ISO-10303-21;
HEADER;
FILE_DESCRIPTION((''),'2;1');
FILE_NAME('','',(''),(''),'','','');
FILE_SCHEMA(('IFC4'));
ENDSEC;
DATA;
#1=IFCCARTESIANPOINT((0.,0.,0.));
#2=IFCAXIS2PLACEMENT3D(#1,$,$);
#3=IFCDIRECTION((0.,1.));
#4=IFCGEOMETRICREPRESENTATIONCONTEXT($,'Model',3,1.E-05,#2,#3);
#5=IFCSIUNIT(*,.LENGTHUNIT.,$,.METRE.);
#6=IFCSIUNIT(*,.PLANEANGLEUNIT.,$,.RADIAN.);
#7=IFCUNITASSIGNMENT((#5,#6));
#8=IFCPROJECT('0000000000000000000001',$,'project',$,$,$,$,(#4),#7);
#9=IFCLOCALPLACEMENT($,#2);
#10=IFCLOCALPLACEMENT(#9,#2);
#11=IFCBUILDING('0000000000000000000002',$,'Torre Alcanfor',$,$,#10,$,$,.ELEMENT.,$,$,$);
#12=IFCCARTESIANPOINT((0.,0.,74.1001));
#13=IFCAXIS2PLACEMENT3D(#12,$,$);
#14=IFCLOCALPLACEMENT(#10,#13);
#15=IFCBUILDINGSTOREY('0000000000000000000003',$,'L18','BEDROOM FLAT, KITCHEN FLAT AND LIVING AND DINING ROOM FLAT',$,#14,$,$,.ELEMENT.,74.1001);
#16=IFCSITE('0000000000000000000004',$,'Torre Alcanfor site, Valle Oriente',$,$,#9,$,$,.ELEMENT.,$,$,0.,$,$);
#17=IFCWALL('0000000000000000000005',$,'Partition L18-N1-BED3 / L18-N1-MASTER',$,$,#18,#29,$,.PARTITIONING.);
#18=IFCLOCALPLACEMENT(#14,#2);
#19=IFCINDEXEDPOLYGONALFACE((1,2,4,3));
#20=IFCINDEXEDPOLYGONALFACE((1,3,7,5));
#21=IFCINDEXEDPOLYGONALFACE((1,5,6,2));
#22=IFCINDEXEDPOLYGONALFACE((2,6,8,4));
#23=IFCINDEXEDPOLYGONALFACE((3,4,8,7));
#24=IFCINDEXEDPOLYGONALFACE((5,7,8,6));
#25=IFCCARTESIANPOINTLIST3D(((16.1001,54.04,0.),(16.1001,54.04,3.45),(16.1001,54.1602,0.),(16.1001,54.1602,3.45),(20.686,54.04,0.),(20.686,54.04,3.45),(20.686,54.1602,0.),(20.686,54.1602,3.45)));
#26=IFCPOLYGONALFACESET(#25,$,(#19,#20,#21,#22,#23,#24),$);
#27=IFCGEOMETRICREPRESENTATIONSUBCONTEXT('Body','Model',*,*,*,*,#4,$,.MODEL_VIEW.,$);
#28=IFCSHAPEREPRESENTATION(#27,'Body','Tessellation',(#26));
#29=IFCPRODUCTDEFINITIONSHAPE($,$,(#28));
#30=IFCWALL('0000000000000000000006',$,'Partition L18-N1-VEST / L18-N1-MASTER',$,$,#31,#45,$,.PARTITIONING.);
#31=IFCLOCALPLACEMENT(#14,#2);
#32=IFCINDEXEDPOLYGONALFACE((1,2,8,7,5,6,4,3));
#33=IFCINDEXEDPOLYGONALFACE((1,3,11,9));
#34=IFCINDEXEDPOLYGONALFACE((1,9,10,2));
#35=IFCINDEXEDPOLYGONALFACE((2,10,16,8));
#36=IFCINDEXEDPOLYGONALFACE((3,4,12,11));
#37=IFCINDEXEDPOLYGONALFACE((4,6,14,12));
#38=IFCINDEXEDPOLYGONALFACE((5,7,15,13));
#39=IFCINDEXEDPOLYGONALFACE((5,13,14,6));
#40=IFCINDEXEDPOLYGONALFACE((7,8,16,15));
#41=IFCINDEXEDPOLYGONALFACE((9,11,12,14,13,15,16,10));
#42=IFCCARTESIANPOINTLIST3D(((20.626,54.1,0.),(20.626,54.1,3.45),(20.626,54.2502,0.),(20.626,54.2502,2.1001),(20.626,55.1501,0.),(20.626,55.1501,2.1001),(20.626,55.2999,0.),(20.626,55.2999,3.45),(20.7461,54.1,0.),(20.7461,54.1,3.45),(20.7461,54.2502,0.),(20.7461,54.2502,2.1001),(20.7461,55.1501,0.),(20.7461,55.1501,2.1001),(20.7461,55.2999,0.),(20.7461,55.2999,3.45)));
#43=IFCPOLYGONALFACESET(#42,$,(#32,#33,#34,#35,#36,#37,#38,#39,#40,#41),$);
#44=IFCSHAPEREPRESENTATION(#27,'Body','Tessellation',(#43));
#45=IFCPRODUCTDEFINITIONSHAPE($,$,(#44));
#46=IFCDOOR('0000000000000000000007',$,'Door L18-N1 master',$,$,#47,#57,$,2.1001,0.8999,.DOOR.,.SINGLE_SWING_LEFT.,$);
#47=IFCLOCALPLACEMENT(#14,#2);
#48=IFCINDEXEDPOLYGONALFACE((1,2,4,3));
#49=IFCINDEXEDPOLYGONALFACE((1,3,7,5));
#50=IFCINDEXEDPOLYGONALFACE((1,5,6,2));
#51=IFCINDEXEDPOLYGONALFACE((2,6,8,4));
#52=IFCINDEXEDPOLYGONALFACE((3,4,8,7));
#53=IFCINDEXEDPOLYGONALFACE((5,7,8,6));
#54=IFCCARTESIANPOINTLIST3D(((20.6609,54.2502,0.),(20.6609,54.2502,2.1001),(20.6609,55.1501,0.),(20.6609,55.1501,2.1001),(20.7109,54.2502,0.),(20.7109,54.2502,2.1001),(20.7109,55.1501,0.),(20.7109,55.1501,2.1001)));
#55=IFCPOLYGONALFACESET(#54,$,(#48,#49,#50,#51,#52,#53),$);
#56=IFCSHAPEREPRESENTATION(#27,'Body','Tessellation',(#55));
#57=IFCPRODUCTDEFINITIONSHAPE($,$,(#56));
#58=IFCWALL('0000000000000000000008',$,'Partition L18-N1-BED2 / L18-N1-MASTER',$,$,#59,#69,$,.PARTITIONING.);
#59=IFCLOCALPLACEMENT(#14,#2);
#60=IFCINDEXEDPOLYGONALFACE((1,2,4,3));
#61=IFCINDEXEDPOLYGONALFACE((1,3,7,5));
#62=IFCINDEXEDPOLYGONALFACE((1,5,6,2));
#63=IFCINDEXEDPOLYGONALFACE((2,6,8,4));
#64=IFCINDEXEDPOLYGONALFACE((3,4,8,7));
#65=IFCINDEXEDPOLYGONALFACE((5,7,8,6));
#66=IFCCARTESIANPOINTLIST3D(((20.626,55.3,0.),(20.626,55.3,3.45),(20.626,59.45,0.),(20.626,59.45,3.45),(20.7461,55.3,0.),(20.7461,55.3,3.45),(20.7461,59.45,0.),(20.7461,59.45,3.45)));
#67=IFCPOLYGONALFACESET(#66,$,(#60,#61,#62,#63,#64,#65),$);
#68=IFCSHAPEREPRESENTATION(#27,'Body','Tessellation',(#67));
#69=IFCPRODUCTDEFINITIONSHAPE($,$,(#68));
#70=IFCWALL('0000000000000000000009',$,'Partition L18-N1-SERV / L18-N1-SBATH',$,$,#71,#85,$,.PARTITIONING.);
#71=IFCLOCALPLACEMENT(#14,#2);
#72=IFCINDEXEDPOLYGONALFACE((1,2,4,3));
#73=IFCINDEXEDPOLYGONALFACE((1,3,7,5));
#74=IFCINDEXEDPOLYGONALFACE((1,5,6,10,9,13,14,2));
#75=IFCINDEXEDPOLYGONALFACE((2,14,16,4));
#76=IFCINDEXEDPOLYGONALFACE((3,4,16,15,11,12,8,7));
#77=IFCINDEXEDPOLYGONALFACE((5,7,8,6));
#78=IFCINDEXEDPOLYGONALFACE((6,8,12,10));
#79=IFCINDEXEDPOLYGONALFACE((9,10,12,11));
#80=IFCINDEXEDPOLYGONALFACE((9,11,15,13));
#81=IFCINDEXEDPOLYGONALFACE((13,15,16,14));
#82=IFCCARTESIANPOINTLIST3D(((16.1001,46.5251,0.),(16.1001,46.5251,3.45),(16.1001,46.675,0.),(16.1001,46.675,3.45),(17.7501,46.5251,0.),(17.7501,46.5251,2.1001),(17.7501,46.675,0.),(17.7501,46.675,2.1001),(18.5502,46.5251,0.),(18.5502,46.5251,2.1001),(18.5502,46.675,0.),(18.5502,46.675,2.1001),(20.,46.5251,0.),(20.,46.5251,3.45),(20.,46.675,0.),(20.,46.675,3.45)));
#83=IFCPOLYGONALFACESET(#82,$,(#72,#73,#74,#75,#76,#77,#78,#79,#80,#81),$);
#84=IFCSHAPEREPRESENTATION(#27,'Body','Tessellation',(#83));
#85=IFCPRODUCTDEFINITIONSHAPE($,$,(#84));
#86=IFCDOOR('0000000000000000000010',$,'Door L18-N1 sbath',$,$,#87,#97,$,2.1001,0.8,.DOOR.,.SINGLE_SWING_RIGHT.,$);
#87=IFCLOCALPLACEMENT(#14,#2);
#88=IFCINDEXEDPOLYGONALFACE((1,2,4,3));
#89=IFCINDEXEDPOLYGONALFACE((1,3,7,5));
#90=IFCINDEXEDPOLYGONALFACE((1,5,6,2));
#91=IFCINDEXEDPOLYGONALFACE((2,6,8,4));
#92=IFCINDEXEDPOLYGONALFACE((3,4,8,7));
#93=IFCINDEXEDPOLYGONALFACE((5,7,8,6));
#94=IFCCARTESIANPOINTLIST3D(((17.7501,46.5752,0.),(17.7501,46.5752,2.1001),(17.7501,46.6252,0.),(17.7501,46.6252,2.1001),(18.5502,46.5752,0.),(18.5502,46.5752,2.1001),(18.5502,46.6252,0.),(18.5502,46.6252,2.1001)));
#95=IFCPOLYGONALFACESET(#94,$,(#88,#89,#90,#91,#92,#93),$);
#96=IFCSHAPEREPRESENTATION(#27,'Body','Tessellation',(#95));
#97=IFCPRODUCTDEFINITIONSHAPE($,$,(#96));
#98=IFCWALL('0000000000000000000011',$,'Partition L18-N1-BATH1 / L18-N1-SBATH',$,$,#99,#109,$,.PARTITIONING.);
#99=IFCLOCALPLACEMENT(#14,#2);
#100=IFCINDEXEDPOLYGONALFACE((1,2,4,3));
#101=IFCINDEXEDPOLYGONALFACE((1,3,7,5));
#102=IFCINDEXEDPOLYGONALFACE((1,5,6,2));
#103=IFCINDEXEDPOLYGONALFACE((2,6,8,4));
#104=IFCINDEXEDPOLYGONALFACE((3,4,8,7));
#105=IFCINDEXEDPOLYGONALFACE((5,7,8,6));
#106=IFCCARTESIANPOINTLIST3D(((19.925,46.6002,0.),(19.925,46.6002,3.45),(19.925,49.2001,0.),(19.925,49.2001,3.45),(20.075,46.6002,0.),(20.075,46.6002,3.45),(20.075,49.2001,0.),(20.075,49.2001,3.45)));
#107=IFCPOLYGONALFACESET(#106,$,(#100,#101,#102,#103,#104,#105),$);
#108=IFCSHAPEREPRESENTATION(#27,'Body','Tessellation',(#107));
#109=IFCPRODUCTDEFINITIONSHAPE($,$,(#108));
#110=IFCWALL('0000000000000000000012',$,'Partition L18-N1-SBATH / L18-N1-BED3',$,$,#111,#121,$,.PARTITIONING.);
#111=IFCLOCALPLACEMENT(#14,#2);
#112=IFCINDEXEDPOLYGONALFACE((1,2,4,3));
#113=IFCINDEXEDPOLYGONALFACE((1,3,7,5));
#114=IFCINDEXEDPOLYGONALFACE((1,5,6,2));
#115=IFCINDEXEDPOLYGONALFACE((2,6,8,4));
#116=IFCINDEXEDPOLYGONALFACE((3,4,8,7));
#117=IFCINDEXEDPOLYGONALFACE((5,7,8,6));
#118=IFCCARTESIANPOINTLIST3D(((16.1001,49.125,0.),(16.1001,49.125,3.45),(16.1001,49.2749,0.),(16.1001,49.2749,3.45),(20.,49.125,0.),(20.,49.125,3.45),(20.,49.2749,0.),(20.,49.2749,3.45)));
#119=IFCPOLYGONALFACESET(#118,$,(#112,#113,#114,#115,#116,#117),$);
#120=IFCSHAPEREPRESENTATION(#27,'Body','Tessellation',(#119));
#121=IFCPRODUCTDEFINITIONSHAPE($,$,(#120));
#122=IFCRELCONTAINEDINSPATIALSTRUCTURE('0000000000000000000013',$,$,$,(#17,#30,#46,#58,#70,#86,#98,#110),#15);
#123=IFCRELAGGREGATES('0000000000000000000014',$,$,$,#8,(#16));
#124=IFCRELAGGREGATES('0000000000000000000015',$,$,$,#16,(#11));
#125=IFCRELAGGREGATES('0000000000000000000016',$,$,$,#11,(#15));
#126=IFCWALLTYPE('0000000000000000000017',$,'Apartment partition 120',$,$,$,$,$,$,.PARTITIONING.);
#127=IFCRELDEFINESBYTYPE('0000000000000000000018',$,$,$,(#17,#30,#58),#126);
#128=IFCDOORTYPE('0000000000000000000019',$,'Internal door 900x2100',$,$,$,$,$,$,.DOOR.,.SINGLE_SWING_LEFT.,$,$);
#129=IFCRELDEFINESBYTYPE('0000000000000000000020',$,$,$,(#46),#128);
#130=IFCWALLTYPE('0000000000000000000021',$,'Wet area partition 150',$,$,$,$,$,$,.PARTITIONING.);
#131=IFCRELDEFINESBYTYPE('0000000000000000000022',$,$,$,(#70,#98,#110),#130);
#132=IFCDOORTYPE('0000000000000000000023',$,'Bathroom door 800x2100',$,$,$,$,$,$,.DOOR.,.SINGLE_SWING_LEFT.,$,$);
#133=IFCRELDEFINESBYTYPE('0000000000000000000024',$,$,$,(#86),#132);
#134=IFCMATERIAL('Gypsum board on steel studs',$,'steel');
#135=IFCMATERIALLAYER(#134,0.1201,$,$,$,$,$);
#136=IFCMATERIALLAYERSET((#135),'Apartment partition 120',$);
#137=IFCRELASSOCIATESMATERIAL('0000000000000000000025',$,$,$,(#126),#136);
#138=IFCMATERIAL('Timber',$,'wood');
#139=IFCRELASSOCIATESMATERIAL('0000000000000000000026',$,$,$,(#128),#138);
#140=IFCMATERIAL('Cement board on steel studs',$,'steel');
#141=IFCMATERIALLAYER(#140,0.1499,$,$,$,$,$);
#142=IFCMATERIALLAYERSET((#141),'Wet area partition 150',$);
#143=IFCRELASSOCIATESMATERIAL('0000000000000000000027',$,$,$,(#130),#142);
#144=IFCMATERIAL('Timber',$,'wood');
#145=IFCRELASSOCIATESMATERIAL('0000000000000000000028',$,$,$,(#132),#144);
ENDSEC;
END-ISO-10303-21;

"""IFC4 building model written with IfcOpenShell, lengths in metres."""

from ifc_helpers import new_model, si_unit, direction, frame, frame_2d, origin, place, context, subcontext, project, spatial, rectangle, extrude, material, layer, layer_set, type_object, element, fill, save


model = new_model("IFC4")

# Units and contexts
model_context = context("Model", 3, precision=1e-05, world=origin(), true_north=direction((0.0, 1.0)))
body_context = subcontext(model_context, "Body", "Model", "MODEL_VIEW")
ifc_project = project(units=[si_unit("LENGTHUNIT", "METRE"), si_unit("PLANEANGLEUNIT", "RADIAN")], contexts=[model_context])

# Site, building, storey
site_placement = place(None, origin())
site = spatial("IfcSite", under=ifc_project, at=site_placement, Name="Torre Alcanfor site, Valle Oriente", CompositionType="ELEMENT", RefElevation=0.0)
building_placement = place(site_placement, origin())
building = spatial("IfcBuilding", under=site, at=building_placement, Name="Torre Alcanfor", CompositionType="ELEMENT")
storey_placement = place(building_placement, frame((0.0, 0.0, 74.1001)))
storey = spatial("IfcBuildingStorey", under=building, at=storey_placement, Name="L18", Description="BEDROOM FLAT, KITCHEN FLAT AND LIVING AND DINING ROOM FLAT", CompositionType="ELEMENT", Elevation=74.1001)

# Wall
ifc_material_1 = material(Name="Gypsum board on steel studs", Category="steel")
ifc_layer_1 = layer(ifc_material_1, 0.1201)
ifc_layer_set_1 = layer_set([ifc_layer_1], Name="Apartment partition 120")
wall_type_1 = type_object("IfcWallType", Name="Apartment partition 120", PredefinedType="PARTITIONING", material=ifc_layer_set_1)
wall_1_placement = place(storey_placement, frame((20.686, 54.1001, 0.0), z_axis=(0.0, 0.0, 1.0), x_axis=(-1.0, 0.0, 0.0)))
element("IfcWall", 1, at=wall_1_placement, inside=storey, type_object=wall_type_1, Name="Partition L18-N1-BED3 / L18-N1-MASTER", PredefinedType="PARTITIONING", context=body_context, shape_type="SweptSolid", body=[
    extrude(rectangle(XDim=4.5859, YDim=0.1201, at=frame_2d((2.293, 0.0))), origin(), (0.0, 0.0, 1.0), 3.45),
])

# Wall, opening, door
wall_2_placement = place(storey_placement, frame((20.686, 55.3, 0.0), z_axis=(0.0, 0.0, 1.0), x_axis=(0.0, -1.0, 0.0)))
wall_2 = element("IfcWall", 2, at=wall_2_placement, inside=storey, type_object=wall_type_1, Name="Partition L18-N1-VEST / L18-N1-MASTER", PredefinedType="PARTITIONING", context=body_context, shape_type="SweptSolid", body=[
    extrude(rectangle(XDim=1.2, YDim=0.1201, at=frame_2d((0.6001, 0.0))), origin(), (0.0, 0.0, 1.0), 3.45),
])
opening_1_placement = place(wall_2_placement, frame((0.1499, 0.0, 0.0)))
opening_1 = element("IfcOpeningElement", 3, at=opening_1_placement, cuts=wall_2, PredefinedType="OPENING", context=body_context, shape_type="SweptSolid", body=[
    extrude(rectangle(XDim=0.8999, YDim=2.1001, at=frame_2d((0.45, 1.05))), frame((0.0, 0.0701, 0.0), z_axis=(0.0, -1.0, 0.0), x_axis=(1.0, 0.0, 0.0)), (0.0, 0.0, 1.0), 0.1401),
])
ifc_material_2 = material(Name="Timber", Category="wood")
door_type_1 = type_object("IfcDoorType", Name="Internal door 900x2100", OperationType="SINGLE_SWING_LEFT", PredefinedType="DOOR", material=ifc_material_2)
door_1_placement = place(opening_1_placement, origin())
door_1 = element("IfcDoor", 4, at=door_1_placement, inside=storey, type_object=door_type_1, Name="Door L18-N1 master", OperationType="SINGLE_SWING_LEFT", OverallHeight=2.1001, OverallWidth=0.8999, PredefinedType="DOOR", context=body_context, shape_type="SweptSolid", body=[
    extrude(rectangle(XDim=0.8999, YDim=2.1001, at=frame_2d((0.45, 1.05))), frame((0.0, 0.0249, 0.0), z_axis=(0.0, -1.0, 0.0), x_axis=(1.0, 0.0, 0.0)), (0.0, 0.0, 1.0), 0.05),
])
fill(opening_1, door_1)

# Wall
wall_3_placement = place(storey_placement, frame((20.686, 59.45, 0.0), z_axis=(0.0, 0.0, 1.0), x_axis=(0.0, -1.0, 0.0)))
element("IfcWall", 5, at=wall_3_placement, inside=storey, type_object=wall_type_1, Name="Partition L18-N1-BED2 / L18-N1-MASTER", PredefinedType="PARTITIONING", context=body_context, shape_type="SweptSolid", body=[
    extrude(rectangle(XDim=4.1499, YDim=0.1201, at=frame_2d((2.075, 0.0))), origin(), (0.0, 0.0, 1.0), 3.45),
])

# Wall, opening, door
ifc_material_3 = material(Name="Cement board on steel studs", Category="steel")
ifc_layer_2 = layer(ifc_material_3, 0.1499)
ifc_layer_set_2 = layer_set([ifc_layer_2], Name="Wet area partition 150")
wall_type_2 = type_object("IfcWallType", Name="Wet area partition 150", PredefinedType="PARTITIONING", material=ifc_layer_set_2)
wall_4_placement = place(storey_placement, frame((20.0, 46.6001, 0.0), z_axis=(0.0, 0.0, 1.0), x_axis=(-1.0, 0.0, 0.0)))
wall_4 = element("IfcWall", 6, at=wall_4_placement, inside=storey, type_object=wall_type_2, Name="Partition L18-N1-SERV / L18-N1-SBATH", PredefinedType="PARTITIONING", context=body_context, shape_type="SweptSolid", body=[
    extrude(rectangle(XDim=3.8999, YDim=0.1499, at=frame_2d((1.95, 0.0))), origin(), (0.0, 0.0, 1.0), 3.45),
])
opening_2_placement = place(wall_4_placement, frame((1.45, 0.0, 0.0)))
opening_2 = element("IfcOpeningElement", 7, at=opening_2_placement, cuts=wall_4, PredefinedType="OPENING", context=body_context, shape_type="SweptSolid", body=[
    extrude(rectangle(XDim=0.8, YDim=2.1001, at=frame_2d((0.3999, 1.05))), frame((0.0, 0.085, 0.0), z_axis=(0.0, -1.0, 0.0), x_axis=(1.0, 0.0, 0.0)), (0.0, 0.0, 1.0), 0.1699),
])
ifc_material_4 = material(Name="Timber", Category="wood")
door_type_2 = type_object("IfcDoorType", Name="Bathroom door 800x2100", OperationType="SINGLE_SWING_LEFT", PredefinedType="DOOR", material=ifc_material_4)
door_2_placement = place(opening_2_placement, frame((0.8, 0.0, 0.0), z_axis=(0.0, 0.0, 1.0), x_axis=(-1.0, 0.0, 0.0)))
door_2 = element("IfcDoor", 8, at=door_2_placement, inside=storey, type_object=door_type_2, Name="Door L18-N1 sbath", OperationType="SINGLE_SWING_RIGHT", OverallHeight=2.1001, OverallWidth=0.8, PredefinedType="DOOR", context=body_context, shape_type="SweptSolid", body=[
    extrude(rectangle(XDim=0.8, YDim=2.1001, at=frame_2d((0.4001, 1.05))), frame((0.0, 0.0251, 0.0), z_axis=(0.0, -1.0, 0.0), x_axis=(1.0, 0.0, 0.0)), (0.0, 0.0, 1.0), 0.05),
])
fill(opening_2, door_2)

# Walls
wall_5_placement = place(storey_placement, frame((20.0, 49.2, 0.0), z_axis=(0.0, 0.0, 1.0), x_axis=(0.0, -1.0, 0.0)))
element("IfcWall", 9, at=wall_5_placement, inside=storey, type_object=wall_type_2, Name="Partition L18-N1-BATH1 / L18-N1-SBATH", PredefinedType="PARTITIONING", context=body_context, shape_type="SweptSolid", body=[
    extrude(rectangle(XDim=2.5999, YDim=0.1499, at=frame_2d((1.2998, 0.0))), origin(), (0.0, 0.0, 1.0), 3.45),
])
wall_6_placement = place(storey_placement, frame((20.0, 49.2, 0.0), z_axis=(0.0, 0.0, 1.0), x_axis=(-1.0, 0.0, 0.0)))
element("IfcWall", 10, at=wall_6_placement, inside=storey, type_object=wall_type_2, Name="Partition L18-N1-SBATH / L18-N1-BED3", PredefinedType="PARTITIONING", context=body_context, shape_type="SweptSolid", body=[
    extrude(rectangle(XDim=3.8999, YDim=0.1499, at=frame_2d((1.95, 0.0))), origin(), (0.0, 0.0, 1.0), 3.45),
])

save(model, "model.ifc")
